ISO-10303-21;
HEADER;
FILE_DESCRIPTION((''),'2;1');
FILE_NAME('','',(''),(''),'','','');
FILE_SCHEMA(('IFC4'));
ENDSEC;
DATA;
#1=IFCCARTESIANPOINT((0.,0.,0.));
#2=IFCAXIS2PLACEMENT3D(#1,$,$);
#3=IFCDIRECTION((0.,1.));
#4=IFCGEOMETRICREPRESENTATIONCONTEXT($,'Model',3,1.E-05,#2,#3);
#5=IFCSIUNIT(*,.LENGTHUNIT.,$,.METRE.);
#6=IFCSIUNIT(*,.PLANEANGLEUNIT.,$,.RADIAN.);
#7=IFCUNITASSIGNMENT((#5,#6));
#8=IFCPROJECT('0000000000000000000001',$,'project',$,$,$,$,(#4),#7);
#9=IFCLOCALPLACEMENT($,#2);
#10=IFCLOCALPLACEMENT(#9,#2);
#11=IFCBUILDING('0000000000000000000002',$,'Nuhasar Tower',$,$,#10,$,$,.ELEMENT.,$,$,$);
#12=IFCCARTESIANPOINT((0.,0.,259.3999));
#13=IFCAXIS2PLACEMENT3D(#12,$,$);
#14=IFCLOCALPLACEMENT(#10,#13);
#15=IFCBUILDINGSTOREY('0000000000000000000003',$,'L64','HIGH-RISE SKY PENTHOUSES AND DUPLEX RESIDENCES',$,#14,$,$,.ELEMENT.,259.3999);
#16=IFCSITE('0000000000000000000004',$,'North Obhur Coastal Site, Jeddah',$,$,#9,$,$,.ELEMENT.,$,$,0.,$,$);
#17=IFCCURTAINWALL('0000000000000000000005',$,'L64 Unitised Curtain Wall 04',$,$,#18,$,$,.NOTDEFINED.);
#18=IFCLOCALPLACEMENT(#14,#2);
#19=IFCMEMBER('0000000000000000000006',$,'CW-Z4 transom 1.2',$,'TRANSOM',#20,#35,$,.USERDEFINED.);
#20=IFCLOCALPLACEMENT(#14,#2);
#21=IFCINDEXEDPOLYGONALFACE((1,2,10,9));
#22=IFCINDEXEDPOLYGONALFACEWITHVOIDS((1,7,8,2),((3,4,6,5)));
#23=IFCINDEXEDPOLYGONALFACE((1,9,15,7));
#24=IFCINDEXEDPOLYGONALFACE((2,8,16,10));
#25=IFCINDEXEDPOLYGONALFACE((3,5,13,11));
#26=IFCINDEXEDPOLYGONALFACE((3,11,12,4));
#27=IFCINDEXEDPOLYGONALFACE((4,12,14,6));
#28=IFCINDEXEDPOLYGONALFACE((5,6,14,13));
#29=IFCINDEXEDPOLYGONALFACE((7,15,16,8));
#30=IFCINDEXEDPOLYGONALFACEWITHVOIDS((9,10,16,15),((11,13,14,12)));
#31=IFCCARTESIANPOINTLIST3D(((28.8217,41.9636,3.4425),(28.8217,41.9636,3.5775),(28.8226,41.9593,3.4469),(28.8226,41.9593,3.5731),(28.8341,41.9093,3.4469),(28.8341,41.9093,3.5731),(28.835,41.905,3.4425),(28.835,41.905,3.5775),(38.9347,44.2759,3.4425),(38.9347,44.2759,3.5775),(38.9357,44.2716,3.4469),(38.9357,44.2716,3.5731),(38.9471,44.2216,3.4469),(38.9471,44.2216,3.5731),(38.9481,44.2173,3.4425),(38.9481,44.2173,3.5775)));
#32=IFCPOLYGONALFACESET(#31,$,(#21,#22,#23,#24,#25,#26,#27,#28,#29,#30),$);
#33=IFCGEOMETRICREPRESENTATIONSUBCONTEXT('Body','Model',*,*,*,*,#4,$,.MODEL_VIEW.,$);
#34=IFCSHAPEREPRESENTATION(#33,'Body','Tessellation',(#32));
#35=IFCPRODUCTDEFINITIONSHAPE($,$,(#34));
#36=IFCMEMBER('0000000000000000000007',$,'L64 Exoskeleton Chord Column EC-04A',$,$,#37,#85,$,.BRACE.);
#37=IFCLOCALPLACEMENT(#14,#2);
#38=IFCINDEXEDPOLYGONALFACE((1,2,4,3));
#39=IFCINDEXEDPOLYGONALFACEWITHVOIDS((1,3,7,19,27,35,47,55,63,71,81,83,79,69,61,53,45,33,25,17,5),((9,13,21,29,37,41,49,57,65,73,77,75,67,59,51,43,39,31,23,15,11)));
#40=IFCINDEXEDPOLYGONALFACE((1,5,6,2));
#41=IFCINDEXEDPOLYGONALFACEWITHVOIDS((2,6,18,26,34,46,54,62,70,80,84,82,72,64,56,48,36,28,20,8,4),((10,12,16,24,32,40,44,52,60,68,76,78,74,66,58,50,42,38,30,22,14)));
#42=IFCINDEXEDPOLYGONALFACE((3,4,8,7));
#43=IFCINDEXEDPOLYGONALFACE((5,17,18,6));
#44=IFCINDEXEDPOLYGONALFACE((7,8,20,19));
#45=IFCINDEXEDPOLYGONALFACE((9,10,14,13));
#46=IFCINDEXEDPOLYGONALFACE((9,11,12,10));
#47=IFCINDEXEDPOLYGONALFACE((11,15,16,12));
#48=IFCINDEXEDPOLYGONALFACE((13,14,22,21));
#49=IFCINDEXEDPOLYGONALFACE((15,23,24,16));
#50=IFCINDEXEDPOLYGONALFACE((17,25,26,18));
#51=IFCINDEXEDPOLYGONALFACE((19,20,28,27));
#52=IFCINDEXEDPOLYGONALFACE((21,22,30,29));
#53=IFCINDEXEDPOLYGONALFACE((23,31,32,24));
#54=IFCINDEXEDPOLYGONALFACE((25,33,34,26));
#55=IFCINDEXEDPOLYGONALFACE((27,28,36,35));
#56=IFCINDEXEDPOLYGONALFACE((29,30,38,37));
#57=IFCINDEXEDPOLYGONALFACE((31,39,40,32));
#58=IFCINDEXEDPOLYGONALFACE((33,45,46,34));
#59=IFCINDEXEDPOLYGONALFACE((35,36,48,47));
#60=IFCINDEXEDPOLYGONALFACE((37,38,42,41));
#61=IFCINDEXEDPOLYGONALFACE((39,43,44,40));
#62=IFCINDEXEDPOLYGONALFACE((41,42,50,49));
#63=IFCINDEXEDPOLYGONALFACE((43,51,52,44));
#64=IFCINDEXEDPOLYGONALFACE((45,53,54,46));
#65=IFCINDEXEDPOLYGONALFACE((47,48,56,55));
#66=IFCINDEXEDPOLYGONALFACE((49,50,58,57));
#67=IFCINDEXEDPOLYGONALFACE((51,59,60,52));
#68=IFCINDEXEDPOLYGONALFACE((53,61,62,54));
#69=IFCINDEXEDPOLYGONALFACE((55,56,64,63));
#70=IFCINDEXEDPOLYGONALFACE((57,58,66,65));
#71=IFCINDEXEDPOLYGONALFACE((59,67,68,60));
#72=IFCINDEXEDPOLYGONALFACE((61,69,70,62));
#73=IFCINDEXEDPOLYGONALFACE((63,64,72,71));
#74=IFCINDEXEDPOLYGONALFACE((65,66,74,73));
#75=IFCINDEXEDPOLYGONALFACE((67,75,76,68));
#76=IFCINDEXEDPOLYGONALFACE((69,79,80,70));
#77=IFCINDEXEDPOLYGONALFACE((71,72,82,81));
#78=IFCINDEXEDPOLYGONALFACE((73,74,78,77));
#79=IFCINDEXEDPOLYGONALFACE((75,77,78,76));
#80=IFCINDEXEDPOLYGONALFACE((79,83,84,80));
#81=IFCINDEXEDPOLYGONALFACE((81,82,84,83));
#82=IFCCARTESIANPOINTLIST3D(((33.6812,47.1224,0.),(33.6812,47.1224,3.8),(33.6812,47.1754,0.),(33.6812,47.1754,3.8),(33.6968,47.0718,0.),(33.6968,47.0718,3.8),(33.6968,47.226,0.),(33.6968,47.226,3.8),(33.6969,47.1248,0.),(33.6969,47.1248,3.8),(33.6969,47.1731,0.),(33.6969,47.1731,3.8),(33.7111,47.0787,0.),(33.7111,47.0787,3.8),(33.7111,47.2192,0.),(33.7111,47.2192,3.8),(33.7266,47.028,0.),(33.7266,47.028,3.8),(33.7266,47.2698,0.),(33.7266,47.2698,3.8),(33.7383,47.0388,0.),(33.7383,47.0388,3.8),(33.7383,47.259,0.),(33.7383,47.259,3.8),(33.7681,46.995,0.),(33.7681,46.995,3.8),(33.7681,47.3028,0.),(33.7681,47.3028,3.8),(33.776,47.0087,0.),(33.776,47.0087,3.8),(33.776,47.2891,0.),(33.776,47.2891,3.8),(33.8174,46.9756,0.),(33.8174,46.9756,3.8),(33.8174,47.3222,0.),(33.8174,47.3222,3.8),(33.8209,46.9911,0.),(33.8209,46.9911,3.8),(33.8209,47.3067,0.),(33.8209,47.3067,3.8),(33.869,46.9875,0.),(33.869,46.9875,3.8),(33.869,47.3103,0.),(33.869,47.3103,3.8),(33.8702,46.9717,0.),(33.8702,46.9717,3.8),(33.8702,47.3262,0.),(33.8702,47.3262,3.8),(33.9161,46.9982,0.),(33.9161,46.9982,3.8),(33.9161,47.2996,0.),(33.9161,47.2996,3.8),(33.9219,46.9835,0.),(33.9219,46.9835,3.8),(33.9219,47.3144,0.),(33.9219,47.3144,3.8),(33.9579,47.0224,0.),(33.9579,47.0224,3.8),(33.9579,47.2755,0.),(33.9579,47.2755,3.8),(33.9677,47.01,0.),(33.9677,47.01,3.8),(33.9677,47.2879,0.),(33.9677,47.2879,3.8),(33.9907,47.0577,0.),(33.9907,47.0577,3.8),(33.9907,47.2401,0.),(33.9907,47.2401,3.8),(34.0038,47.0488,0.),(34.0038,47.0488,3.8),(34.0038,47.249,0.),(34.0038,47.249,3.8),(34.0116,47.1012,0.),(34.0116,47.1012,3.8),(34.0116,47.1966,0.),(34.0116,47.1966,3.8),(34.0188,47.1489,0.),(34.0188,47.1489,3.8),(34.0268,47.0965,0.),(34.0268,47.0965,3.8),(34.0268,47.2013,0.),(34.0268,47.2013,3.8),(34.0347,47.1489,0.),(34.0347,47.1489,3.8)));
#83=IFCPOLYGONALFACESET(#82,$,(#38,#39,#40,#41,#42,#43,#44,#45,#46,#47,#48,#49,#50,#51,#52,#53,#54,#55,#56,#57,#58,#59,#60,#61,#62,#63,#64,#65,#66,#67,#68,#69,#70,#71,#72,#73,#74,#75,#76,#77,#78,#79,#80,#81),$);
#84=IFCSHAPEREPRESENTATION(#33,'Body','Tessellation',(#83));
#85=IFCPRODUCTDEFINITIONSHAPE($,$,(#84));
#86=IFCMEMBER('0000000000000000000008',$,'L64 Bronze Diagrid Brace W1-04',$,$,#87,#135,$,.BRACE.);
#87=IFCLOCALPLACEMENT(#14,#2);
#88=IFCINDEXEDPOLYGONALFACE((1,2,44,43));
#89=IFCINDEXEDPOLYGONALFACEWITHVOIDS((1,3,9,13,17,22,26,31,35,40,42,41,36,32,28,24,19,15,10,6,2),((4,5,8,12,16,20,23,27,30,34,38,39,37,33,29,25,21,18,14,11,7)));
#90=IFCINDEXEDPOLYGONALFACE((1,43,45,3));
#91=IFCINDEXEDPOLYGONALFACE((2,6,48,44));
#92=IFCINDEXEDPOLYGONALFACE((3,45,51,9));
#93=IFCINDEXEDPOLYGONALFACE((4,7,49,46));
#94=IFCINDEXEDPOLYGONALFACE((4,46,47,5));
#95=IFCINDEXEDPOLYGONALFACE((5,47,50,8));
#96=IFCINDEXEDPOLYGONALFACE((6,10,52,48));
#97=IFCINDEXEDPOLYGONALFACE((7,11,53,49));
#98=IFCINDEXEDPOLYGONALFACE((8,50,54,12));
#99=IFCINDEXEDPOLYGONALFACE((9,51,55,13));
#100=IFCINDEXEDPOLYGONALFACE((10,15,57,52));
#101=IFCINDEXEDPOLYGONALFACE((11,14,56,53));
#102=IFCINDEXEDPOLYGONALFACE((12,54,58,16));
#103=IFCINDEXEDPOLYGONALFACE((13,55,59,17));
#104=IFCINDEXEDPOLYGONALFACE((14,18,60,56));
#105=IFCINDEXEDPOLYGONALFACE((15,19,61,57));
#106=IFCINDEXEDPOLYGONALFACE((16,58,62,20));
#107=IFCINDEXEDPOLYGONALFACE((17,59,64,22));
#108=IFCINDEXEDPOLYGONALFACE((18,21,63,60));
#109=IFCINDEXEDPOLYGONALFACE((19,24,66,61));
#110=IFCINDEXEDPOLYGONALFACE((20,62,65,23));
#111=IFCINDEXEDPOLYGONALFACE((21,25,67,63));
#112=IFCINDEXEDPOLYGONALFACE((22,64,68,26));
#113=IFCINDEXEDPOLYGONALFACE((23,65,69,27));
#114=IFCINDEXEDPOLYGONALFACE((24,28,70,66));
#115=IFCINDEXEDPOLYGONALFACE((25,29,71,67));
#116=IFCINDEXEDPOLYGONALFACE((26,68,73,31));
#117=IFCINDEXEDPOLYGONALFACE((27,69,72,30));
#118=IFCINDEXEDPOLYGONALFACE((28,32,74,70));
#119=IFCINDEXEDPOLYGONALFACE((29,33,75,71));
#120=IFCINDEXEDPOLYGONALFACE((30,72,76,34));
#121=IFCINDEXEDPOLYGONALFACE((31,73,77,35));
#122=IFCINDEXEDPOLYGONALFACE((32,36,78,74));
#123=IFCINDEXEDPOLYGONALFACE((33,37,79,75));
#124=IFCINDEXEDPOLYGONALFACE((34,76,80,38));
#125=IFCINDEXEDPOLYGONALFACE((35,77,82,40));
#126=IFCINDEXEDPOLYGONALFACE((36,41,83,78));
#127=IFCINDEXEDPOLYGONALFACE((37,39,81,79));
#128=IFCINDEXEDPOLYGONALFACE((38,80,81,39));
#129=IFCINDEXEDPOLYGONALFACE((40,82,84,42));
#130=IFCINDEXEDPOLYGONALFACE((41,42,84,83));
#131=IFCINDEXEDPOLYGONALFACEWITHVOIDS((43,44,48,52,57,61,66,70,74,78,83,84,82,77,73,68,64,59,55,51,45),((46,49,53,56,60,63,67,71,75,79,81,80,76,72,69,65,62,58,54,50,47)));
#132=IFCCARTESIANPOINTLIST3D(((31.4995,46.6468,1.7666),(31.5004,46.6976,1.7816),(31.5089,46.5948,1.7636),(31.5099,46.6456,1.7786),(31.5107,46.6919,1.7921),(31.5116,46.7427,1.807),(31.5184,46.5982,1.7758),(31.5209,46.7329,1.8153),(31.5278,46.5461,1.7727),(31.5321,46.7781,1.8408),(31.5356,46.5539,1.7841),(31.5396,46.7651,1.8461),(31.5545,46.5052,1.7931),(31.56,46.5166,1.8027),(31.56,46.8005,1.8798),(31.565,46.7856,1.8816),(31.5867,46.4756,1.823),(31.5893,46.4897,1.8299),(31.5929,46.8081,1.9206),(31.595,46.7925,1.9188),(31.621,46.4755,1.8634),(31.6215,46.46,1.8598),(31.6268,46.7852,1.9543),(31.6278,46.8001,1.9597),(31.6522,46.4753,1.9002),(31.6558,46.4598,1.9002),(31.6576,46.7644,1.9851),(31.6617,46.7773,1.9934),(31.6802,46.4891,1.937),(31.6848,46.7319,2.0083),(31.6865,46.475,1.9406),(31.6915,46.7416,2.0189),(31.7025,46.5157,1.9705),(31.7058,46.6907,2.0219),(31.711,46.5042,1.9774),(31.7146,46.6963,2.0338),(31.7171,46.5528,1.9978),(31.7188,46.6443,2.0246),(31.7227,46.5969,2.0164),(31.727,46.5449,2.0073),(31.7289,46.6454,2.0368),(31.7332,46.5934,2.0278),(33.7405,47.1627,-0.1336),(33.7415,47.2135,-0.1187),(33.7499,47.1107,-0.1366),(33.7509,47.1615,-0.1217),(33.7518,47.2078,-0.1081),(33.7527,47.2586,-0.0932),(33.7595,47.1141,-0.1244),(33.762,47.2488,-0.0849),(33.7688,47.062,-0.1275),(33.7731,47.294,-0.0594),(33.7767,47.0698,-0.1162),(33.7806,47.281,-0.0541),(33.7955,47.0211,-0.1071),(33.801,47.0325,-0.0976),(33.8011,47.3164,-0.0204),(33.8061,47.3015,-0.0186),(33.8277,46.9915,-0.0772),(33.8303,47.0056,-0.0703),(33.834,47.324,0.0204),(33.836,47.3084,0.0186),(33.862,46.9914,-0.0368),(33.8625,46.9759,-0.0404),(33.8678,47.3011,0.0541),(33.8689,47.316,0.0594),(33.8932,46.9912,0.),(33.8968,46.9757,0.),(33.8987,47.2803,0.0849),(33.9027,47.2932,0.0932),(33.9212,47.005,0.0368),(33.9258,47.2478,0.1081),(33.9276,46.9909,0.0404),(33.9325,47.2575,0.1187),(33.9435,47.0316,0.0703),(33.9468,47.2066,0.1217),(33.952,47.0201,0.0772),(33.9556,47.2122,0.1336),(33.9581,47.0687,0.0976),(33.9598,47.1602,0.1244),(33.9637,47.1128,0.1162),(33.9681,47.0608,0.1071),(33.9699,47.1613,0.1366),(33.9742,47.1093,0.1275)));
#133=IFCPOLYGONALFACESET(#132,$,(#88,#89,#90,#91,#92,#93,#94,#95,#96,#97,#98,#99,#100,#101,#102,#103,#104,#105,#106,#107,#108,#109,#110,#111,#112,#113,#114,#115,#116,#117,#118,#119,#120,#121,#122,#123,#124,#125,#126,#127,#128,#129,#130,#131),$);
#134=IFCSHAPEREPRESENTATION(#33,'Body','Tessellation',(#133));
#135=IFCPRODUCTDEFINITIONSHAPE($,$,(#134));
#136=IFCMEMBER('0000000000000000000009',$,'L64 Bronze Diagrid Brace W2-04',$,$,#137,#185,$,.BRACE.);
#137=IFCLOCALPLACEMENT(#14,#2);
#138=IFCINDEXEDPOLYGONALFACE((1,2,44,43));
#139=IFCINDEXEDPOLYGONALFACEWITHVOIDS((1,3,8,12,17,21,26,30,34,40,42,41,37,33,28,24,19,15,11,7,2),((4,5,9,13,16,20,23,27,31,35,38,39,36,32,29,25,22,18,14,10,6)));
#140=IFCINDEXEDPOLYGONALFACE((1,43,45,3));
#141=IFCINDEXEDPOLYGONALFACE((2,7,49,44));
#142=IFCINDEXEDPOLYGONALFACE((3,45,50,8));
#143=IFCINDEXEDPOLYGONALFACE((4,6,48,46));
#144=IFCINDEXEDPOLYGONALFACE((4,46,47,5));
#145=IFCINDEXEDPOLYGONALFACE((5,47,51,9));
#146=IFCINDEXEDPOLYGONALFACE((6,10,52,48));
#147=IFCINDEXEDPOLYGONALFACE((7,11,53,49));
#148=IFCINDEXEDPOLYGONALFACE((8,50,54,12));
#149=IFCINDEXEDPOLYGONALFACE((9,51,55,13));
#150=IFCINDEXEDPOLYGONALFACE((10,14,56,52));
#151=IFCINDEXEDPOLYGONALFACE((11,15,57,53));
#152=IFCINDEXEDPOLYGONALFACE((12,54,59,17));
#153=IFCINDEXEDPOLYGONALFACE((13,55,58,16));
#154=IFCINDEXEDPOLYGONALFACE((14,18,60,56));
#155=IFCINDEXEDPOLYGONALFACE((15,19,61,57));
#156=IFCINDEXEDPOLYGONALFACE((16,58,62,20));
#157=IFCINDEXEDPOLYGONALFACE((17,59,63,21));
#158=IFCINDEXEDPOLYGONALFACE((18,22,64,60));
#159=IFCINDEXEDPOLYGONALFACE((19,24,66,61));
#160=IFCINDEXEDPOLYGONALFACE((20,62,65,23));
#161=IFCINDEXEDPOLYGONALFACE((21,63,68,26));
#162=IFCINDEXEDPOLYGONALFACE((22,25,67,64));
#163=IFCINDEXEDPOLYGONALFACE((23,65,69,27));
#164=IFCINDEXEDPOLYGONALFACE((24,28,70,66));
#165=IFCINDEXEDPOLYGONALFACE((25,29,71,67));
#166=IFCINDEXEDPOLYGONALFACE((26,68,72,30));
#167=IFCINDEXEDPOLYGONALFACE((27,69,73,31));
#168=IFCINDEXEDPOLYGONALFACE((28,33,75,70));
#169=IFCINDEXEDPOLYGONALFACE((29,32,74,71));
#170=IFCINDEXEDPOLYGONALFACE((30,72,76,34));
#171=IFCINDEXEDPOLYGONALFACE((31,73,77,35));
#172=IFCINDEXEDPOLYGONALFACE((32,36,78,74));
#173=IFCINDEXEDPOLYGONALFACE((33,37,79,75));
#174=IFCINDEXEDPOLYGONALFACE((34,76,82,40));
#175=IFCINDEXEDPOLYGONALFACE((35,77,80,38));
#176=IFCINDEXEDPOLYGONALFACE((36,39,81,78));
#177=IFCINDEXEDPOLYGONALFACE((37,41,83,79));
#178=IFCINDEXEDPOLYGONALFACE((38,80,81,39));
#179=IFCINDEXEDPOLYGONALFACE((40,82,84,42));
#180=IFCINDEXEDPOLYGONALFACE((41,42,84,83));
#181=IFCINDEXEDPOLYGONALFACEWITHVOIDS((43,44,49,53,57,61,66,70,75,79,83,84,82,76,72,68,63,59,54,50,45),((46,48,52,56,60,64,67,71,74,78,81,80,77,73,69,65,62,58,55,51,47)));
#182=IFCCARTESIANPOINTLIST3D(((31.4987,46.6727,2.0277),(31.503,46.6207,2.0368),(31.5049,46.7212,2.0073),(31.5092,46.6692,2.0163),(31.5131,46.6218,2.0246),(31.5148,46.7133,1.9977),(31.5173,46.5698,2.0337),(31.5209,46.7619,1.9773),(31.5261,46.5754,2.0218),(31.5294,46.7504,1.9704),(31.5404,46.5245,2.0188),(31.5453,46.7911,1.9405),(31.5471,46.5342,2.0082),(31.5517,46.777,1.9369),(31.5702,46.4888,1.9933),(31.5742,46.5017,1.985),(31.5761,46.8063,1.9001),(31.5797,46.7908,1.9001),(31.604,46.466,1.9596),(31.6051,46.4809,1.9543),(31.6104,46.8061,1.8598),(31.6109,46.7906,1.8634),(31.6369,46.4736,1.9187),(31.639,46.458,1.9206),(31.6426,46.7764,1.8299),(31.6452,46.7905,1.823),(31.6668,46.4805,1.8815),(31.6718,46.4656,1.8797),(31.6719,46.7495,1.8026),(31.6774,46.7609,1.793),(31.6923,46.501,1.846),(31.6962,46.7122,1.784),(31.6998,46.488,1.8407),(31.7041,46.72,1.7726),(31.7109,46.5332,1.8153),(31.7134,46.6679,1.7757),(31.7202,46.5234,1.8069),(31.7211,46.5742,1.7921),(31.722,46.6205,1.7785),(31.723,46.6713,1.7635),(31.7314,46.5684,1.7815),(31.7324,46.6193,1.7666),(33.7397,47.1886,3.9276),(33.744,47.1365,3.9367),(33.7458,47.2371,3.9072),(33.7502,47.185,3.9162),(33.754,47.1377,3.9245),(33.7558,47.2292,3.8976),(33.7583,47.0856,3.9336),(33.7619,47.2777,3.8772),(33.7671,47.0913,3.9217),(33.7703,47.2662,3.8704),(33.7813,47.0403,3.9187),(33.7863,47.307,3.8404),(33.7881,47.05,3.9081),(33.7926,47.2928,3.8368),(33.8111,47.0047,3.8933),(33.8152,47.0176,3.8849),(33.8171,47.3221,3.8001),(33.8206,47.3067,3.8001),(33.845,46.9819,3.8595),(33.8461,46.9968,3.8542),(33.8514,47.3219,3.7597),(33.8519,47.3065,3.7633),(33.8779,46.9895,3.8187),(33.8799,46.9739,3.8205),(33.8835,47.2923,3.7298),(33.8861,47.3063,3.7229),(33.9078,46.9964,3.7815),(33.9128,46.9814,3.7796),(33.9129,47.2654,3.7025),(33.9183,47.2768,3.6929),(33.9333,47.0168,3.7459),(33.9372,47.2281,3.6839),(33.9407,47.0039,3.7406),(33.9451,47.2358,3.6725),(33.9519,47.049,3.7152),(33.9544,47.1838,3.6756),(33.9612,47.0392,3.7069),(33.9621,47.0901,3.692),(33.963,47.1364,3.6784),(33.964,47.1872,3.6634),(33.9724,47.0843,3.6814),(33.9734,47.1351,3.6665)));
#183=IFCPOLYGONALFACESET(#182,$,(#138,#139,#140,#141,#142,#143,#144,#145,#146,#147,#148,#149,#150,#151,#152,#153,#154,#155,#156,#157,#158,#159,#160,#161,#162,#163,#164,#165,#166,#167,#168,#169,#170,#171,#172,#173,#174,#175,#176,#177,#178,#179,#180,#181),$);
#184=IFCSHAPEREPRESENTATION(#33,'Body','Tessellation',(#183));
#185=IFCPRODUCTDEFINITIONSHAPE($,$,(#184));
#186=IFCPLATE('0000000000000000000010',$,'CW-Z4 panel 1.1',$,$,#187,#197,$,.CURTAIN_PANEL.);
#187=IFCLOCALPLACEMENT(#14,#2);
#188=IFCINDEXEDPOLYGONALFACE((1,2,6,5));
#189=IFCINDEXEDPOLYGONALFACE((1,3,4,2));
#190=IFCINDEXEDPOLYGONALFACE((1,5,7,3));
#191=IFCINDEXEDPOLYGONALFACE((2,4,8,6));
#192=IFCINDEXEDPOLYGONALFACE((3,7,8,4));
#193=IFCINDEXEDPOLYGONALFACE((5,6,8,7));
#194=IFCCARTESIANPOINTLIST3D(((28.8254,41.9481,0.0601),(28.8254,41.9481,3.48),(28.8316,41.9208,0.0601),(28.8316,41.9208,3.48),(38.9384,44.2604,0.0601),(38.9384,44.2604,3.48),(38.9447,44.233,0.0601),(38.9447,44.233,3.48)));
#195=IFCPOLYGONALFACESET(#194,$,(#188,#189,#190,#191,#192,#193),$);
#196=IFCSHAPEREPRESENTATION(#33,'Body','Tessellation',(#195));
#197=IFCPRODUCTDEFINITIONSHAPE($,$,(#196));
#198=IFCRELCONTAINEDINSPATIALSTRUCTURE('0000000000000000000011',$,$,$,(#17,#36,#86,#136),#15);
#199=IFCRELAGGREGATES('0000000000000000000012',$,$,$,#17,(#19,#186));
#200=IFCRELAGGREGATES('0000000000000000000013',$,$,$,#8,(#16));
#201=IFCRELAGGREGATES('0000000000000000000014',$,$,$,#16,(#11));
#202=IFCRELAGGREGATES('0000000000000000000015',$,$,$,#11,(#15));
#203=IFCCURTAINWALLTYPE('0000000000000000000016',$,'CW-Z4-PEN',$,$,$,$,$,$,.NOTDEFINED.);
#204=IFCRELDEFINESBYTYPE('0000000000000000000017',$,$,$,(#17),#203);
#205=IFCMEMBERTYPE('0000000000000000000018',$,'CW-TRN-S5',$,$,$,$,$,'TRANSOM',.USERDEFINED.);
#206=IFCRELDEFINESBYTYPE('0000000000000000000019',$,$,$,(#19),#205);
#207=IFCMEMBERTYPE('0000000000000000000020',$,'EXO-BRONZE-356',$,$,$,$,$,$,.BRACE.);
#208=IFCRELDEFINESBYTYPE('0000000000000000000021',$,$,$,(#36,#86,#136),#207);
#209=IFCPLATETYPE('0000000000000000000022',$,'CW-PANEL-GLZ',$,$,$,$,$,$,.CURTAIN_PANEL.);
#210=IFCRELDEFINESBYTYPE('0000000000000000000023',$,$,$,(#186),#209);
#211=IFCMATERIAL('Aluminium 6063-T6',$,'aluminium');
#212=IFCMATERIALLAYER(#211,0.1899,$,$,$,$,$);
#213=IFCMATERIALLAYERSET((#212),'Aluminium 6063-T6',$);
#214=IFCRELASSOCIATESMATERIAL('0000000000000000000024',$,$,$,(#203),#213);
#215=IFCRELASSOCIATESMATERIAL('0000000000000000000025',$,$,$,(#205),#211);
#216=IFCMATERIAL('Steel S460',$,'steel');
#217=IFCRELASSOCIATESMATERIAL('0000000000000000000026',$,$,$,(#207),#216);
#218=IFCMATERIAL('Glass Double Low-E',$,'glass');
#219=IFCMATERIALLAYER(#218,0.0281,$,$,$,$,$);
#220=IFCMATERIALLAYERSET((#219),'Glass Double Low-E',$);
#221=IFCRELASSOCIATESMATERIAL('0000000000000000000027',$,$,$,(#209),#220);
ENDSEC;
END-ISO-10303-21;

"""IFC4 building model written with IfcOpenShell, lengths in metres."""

from ifc_helpers import new_model, si_unit, direction, frame, origin, origin_2d, place, context, subcontext, project, spatial, rectangle, hollow_rectangle, hollow_circle, extrude, material, layer, layer_set, material_profile, profile_set, type_object, element, aggregate, save


model = new_model("IFC4")

# Units and contexts
model_context = context("Model", 3, precision=1e-05, world=origin(), true_north=direction((0.0, 1.0)))
body_context = subcontext(model_context, "Body", "Model", "MODEL_VIEW")
ifc_project = project(units=[si_unit("LENGTHUNIT", "METRE"), si_unit("PLANEANGLEUNIT", "RADIAN")], contexts=[model_context])

# Site, building, storey
site_placement = place(None, origin())
site = spatial("IfcSite", under=ifc_project, at=site_placement, Name="North Obhur Coastal Site, Jeddah", CompositionType="ELEMENT", RefElevation=0.0)
building_placement = place(site_placement, origin())
building = spatial("IfcBuilding", under=site, at=building_placement, Name="Nuhasar Tower", CompositionType="ELEMENT")
storey_placement = place(building_placement, frame((0.0, 0.0, 259.3999)))
storey = spatial("IfcBuildingStorey", under=building, at=storey_placement, Name="L64", Description="HIGH-RISE SKY PENTHOUSES AND DUPLEX RESIDENCES", CompositionType="ELEMENT", Elevation=259.3999)

# Curtain wall, member
ifc_material_1 = material(Name="Aluminium 6063-T6", Category="aluminium")
ifc_layer_1 = layer(ifc_material_1, 0.1899)
ifc_layer_set_1 = layer_set([ifc_layer_1], Name="Aluminium 6063-T6")
curtain_wall_type = type_object("IfcCurtainWallType", Name="CW-Z4-PEN", PredefinedType="NOTDEFINED", material=ifc_layer_set_1)
curtain_wall_placement = place(storey_placement, origin())
curtain_wall = element("IfcCurtainWall", 1, at=curtain_wall_placement, inside=storey, type_object=curtain_wall_type, Name="L64 Unitised Curtain Wall 04", PredefinedType="NOTDEFINED")
ifc_material_profile_1 = material_profile(ifc_material_1, hollow_rectangle(XDim=0.0601, YDim=0.135, WallThickness=0.0044, at=origin_2d()), Name="CWT-5")
ifc_profile_set_1 = profile_set([ifc_material_profile_1], Name="Aluminium 6063-T6")
member_type_1 = type_object("IfcMemberType", Name="CW-TRN-S5", ElementType="TRANSOM", PredefinedType="USERDEFINED", material=ifc_profile_set_1)
member_1_placement = place(storey_placement, frame((38.9414, 44.2466, 3.51), z_axis=(-0.974844, -0.222889, 0.0), x_axis=(0.222889, -0.974844, 0.0)))
member_1 = element("IfcMember", 2, at=member_1_placement, type_object=member_type_1, Name="CW-Z4 transom 1.2", ObjectType="TRANSOM", PredefinedType="USERDEFINED", context=body_context, shape_type="SweptSolid", body=[
    extrude(hollow_rectangle(XDim=0.0601, YDim=0.135, WallThickness=0.0044, at=origin_2d()), origin(), (0.0, 0.0, 1.0), 10.374),
])

# Members
ifc_material_2 = material(Name="Steel S460", Category="steel")
ifc_material_profile_2 = material_profile(ifc_material_2, hollow_circle(Radius=0.1777, WallThickness=0.0159, at=origin_2d()), Name="HSS355.6X15.9")
ifc_profile_set_2 = profile_set([ifc_material_profile_2], Name="Steel S460")
member_type_2 = type_object("IfcMemberType", Name="EXO-BRONZE-356", PredefinedType="BRACE", material=ifc_profile_set_2)
member_2_placement = place(storey_placement, frame((33.8569, 47.1489, 0.0), z_axis=(0.0, 0.0, 1.0), x_axis=(1.0, 0.0, 0.0)))
element("IfcMember", 3, at=member_2_placement, inside=storey, type_object=member_type_2, Name="L64 Exoskeleton Chord Column EC-04A", PredefinedType="BRACE", context=body_context, shape_type="SweptSolid", body=[
    extrude(hollow_circle(Radius=0.1777, WallThickness=0.0159, at=origin_2d()), origin(), (0.0, 0.0, 1.0), 3.8),
])
member_3_placement = place(storey_placement, frame((33.8569, 47.1489, 0.0), z_axis=(-0.751232, -0.172933, 0.63698), x_axis=(0.224332, -0.974513, 0.0)))
element("IfcMember", 4, at=member_3_placement, inside=storey, type_object=member_type_2, Name="L64 Bronze Diagrid Brace W1-04", PredefinedType="BRACE", context=body_context, shape_type="SweptSolid", body=[
    extrude(hollow_circle(Radius=0.1777, WallThickness=0.0159, at=origin_2d()), origin(), (0.0, 0.0, 1.0), 2.9832),
])
member_4_placement = place(storey_placement, frame((31.616, 46.6331, 1.9001), z_axis=(0.751272, 0.172942, 0.636932), x_axis=(-0.224332, 0.974513, 0.0)))
element("IfcMember", 5, at=member_4_placement, inside=storey, type_object=member_type_2, Name="L64 Bronze Diagrid Brace W2-04", PredefinedType="BRACE", context=body_context, shape_type="SweptSolid", body=[
    extrude(hollow_circle(Radius=0.1777, WallThickness=0.0159, at=origin_2d()), origin(), (0.0, 0.0, 1.0), 2.9829),
])

# Plate
ifc_material_3 = material(Name="Glass Double Low-E", Category="glass")
ifc_layer_2 = layer(ifc_material_3, 0.0281)
ifc_layer_set_2 = layer_set([ifc_layer_2], Name="Glass Double Low-E")
plate_type = type_object("IfcPlateType", Name="CW-PANEL-GLZ", PredefinedType="CURTAIN_PANEL", material=ifc_layer_set_2)
plate_placement = place(storey_placement, frame((33.885, 43.0906, 0.0601), z_axis=(0.0, 0.0, 1.0), x_axis=(-0.974844, -0.222889, 0.0)))
plate = element("IfcPlate", 6, at=plate_placement, type_object=plate_type, Name="CW-Z4 panel 1.1", PredefinedType="CURTAIN_PANEL", context=body_context, shape_type="SweptSolid", body=[
    extrude(rectangle(XDim=10.374, YDim=0.0281, at=origin_2d()), origin(), (0.0, 0.0, 1.0), 3.4199),
])
aggregate(curtain_wall, [member_1, plate])

save(model, "model.ifc")
